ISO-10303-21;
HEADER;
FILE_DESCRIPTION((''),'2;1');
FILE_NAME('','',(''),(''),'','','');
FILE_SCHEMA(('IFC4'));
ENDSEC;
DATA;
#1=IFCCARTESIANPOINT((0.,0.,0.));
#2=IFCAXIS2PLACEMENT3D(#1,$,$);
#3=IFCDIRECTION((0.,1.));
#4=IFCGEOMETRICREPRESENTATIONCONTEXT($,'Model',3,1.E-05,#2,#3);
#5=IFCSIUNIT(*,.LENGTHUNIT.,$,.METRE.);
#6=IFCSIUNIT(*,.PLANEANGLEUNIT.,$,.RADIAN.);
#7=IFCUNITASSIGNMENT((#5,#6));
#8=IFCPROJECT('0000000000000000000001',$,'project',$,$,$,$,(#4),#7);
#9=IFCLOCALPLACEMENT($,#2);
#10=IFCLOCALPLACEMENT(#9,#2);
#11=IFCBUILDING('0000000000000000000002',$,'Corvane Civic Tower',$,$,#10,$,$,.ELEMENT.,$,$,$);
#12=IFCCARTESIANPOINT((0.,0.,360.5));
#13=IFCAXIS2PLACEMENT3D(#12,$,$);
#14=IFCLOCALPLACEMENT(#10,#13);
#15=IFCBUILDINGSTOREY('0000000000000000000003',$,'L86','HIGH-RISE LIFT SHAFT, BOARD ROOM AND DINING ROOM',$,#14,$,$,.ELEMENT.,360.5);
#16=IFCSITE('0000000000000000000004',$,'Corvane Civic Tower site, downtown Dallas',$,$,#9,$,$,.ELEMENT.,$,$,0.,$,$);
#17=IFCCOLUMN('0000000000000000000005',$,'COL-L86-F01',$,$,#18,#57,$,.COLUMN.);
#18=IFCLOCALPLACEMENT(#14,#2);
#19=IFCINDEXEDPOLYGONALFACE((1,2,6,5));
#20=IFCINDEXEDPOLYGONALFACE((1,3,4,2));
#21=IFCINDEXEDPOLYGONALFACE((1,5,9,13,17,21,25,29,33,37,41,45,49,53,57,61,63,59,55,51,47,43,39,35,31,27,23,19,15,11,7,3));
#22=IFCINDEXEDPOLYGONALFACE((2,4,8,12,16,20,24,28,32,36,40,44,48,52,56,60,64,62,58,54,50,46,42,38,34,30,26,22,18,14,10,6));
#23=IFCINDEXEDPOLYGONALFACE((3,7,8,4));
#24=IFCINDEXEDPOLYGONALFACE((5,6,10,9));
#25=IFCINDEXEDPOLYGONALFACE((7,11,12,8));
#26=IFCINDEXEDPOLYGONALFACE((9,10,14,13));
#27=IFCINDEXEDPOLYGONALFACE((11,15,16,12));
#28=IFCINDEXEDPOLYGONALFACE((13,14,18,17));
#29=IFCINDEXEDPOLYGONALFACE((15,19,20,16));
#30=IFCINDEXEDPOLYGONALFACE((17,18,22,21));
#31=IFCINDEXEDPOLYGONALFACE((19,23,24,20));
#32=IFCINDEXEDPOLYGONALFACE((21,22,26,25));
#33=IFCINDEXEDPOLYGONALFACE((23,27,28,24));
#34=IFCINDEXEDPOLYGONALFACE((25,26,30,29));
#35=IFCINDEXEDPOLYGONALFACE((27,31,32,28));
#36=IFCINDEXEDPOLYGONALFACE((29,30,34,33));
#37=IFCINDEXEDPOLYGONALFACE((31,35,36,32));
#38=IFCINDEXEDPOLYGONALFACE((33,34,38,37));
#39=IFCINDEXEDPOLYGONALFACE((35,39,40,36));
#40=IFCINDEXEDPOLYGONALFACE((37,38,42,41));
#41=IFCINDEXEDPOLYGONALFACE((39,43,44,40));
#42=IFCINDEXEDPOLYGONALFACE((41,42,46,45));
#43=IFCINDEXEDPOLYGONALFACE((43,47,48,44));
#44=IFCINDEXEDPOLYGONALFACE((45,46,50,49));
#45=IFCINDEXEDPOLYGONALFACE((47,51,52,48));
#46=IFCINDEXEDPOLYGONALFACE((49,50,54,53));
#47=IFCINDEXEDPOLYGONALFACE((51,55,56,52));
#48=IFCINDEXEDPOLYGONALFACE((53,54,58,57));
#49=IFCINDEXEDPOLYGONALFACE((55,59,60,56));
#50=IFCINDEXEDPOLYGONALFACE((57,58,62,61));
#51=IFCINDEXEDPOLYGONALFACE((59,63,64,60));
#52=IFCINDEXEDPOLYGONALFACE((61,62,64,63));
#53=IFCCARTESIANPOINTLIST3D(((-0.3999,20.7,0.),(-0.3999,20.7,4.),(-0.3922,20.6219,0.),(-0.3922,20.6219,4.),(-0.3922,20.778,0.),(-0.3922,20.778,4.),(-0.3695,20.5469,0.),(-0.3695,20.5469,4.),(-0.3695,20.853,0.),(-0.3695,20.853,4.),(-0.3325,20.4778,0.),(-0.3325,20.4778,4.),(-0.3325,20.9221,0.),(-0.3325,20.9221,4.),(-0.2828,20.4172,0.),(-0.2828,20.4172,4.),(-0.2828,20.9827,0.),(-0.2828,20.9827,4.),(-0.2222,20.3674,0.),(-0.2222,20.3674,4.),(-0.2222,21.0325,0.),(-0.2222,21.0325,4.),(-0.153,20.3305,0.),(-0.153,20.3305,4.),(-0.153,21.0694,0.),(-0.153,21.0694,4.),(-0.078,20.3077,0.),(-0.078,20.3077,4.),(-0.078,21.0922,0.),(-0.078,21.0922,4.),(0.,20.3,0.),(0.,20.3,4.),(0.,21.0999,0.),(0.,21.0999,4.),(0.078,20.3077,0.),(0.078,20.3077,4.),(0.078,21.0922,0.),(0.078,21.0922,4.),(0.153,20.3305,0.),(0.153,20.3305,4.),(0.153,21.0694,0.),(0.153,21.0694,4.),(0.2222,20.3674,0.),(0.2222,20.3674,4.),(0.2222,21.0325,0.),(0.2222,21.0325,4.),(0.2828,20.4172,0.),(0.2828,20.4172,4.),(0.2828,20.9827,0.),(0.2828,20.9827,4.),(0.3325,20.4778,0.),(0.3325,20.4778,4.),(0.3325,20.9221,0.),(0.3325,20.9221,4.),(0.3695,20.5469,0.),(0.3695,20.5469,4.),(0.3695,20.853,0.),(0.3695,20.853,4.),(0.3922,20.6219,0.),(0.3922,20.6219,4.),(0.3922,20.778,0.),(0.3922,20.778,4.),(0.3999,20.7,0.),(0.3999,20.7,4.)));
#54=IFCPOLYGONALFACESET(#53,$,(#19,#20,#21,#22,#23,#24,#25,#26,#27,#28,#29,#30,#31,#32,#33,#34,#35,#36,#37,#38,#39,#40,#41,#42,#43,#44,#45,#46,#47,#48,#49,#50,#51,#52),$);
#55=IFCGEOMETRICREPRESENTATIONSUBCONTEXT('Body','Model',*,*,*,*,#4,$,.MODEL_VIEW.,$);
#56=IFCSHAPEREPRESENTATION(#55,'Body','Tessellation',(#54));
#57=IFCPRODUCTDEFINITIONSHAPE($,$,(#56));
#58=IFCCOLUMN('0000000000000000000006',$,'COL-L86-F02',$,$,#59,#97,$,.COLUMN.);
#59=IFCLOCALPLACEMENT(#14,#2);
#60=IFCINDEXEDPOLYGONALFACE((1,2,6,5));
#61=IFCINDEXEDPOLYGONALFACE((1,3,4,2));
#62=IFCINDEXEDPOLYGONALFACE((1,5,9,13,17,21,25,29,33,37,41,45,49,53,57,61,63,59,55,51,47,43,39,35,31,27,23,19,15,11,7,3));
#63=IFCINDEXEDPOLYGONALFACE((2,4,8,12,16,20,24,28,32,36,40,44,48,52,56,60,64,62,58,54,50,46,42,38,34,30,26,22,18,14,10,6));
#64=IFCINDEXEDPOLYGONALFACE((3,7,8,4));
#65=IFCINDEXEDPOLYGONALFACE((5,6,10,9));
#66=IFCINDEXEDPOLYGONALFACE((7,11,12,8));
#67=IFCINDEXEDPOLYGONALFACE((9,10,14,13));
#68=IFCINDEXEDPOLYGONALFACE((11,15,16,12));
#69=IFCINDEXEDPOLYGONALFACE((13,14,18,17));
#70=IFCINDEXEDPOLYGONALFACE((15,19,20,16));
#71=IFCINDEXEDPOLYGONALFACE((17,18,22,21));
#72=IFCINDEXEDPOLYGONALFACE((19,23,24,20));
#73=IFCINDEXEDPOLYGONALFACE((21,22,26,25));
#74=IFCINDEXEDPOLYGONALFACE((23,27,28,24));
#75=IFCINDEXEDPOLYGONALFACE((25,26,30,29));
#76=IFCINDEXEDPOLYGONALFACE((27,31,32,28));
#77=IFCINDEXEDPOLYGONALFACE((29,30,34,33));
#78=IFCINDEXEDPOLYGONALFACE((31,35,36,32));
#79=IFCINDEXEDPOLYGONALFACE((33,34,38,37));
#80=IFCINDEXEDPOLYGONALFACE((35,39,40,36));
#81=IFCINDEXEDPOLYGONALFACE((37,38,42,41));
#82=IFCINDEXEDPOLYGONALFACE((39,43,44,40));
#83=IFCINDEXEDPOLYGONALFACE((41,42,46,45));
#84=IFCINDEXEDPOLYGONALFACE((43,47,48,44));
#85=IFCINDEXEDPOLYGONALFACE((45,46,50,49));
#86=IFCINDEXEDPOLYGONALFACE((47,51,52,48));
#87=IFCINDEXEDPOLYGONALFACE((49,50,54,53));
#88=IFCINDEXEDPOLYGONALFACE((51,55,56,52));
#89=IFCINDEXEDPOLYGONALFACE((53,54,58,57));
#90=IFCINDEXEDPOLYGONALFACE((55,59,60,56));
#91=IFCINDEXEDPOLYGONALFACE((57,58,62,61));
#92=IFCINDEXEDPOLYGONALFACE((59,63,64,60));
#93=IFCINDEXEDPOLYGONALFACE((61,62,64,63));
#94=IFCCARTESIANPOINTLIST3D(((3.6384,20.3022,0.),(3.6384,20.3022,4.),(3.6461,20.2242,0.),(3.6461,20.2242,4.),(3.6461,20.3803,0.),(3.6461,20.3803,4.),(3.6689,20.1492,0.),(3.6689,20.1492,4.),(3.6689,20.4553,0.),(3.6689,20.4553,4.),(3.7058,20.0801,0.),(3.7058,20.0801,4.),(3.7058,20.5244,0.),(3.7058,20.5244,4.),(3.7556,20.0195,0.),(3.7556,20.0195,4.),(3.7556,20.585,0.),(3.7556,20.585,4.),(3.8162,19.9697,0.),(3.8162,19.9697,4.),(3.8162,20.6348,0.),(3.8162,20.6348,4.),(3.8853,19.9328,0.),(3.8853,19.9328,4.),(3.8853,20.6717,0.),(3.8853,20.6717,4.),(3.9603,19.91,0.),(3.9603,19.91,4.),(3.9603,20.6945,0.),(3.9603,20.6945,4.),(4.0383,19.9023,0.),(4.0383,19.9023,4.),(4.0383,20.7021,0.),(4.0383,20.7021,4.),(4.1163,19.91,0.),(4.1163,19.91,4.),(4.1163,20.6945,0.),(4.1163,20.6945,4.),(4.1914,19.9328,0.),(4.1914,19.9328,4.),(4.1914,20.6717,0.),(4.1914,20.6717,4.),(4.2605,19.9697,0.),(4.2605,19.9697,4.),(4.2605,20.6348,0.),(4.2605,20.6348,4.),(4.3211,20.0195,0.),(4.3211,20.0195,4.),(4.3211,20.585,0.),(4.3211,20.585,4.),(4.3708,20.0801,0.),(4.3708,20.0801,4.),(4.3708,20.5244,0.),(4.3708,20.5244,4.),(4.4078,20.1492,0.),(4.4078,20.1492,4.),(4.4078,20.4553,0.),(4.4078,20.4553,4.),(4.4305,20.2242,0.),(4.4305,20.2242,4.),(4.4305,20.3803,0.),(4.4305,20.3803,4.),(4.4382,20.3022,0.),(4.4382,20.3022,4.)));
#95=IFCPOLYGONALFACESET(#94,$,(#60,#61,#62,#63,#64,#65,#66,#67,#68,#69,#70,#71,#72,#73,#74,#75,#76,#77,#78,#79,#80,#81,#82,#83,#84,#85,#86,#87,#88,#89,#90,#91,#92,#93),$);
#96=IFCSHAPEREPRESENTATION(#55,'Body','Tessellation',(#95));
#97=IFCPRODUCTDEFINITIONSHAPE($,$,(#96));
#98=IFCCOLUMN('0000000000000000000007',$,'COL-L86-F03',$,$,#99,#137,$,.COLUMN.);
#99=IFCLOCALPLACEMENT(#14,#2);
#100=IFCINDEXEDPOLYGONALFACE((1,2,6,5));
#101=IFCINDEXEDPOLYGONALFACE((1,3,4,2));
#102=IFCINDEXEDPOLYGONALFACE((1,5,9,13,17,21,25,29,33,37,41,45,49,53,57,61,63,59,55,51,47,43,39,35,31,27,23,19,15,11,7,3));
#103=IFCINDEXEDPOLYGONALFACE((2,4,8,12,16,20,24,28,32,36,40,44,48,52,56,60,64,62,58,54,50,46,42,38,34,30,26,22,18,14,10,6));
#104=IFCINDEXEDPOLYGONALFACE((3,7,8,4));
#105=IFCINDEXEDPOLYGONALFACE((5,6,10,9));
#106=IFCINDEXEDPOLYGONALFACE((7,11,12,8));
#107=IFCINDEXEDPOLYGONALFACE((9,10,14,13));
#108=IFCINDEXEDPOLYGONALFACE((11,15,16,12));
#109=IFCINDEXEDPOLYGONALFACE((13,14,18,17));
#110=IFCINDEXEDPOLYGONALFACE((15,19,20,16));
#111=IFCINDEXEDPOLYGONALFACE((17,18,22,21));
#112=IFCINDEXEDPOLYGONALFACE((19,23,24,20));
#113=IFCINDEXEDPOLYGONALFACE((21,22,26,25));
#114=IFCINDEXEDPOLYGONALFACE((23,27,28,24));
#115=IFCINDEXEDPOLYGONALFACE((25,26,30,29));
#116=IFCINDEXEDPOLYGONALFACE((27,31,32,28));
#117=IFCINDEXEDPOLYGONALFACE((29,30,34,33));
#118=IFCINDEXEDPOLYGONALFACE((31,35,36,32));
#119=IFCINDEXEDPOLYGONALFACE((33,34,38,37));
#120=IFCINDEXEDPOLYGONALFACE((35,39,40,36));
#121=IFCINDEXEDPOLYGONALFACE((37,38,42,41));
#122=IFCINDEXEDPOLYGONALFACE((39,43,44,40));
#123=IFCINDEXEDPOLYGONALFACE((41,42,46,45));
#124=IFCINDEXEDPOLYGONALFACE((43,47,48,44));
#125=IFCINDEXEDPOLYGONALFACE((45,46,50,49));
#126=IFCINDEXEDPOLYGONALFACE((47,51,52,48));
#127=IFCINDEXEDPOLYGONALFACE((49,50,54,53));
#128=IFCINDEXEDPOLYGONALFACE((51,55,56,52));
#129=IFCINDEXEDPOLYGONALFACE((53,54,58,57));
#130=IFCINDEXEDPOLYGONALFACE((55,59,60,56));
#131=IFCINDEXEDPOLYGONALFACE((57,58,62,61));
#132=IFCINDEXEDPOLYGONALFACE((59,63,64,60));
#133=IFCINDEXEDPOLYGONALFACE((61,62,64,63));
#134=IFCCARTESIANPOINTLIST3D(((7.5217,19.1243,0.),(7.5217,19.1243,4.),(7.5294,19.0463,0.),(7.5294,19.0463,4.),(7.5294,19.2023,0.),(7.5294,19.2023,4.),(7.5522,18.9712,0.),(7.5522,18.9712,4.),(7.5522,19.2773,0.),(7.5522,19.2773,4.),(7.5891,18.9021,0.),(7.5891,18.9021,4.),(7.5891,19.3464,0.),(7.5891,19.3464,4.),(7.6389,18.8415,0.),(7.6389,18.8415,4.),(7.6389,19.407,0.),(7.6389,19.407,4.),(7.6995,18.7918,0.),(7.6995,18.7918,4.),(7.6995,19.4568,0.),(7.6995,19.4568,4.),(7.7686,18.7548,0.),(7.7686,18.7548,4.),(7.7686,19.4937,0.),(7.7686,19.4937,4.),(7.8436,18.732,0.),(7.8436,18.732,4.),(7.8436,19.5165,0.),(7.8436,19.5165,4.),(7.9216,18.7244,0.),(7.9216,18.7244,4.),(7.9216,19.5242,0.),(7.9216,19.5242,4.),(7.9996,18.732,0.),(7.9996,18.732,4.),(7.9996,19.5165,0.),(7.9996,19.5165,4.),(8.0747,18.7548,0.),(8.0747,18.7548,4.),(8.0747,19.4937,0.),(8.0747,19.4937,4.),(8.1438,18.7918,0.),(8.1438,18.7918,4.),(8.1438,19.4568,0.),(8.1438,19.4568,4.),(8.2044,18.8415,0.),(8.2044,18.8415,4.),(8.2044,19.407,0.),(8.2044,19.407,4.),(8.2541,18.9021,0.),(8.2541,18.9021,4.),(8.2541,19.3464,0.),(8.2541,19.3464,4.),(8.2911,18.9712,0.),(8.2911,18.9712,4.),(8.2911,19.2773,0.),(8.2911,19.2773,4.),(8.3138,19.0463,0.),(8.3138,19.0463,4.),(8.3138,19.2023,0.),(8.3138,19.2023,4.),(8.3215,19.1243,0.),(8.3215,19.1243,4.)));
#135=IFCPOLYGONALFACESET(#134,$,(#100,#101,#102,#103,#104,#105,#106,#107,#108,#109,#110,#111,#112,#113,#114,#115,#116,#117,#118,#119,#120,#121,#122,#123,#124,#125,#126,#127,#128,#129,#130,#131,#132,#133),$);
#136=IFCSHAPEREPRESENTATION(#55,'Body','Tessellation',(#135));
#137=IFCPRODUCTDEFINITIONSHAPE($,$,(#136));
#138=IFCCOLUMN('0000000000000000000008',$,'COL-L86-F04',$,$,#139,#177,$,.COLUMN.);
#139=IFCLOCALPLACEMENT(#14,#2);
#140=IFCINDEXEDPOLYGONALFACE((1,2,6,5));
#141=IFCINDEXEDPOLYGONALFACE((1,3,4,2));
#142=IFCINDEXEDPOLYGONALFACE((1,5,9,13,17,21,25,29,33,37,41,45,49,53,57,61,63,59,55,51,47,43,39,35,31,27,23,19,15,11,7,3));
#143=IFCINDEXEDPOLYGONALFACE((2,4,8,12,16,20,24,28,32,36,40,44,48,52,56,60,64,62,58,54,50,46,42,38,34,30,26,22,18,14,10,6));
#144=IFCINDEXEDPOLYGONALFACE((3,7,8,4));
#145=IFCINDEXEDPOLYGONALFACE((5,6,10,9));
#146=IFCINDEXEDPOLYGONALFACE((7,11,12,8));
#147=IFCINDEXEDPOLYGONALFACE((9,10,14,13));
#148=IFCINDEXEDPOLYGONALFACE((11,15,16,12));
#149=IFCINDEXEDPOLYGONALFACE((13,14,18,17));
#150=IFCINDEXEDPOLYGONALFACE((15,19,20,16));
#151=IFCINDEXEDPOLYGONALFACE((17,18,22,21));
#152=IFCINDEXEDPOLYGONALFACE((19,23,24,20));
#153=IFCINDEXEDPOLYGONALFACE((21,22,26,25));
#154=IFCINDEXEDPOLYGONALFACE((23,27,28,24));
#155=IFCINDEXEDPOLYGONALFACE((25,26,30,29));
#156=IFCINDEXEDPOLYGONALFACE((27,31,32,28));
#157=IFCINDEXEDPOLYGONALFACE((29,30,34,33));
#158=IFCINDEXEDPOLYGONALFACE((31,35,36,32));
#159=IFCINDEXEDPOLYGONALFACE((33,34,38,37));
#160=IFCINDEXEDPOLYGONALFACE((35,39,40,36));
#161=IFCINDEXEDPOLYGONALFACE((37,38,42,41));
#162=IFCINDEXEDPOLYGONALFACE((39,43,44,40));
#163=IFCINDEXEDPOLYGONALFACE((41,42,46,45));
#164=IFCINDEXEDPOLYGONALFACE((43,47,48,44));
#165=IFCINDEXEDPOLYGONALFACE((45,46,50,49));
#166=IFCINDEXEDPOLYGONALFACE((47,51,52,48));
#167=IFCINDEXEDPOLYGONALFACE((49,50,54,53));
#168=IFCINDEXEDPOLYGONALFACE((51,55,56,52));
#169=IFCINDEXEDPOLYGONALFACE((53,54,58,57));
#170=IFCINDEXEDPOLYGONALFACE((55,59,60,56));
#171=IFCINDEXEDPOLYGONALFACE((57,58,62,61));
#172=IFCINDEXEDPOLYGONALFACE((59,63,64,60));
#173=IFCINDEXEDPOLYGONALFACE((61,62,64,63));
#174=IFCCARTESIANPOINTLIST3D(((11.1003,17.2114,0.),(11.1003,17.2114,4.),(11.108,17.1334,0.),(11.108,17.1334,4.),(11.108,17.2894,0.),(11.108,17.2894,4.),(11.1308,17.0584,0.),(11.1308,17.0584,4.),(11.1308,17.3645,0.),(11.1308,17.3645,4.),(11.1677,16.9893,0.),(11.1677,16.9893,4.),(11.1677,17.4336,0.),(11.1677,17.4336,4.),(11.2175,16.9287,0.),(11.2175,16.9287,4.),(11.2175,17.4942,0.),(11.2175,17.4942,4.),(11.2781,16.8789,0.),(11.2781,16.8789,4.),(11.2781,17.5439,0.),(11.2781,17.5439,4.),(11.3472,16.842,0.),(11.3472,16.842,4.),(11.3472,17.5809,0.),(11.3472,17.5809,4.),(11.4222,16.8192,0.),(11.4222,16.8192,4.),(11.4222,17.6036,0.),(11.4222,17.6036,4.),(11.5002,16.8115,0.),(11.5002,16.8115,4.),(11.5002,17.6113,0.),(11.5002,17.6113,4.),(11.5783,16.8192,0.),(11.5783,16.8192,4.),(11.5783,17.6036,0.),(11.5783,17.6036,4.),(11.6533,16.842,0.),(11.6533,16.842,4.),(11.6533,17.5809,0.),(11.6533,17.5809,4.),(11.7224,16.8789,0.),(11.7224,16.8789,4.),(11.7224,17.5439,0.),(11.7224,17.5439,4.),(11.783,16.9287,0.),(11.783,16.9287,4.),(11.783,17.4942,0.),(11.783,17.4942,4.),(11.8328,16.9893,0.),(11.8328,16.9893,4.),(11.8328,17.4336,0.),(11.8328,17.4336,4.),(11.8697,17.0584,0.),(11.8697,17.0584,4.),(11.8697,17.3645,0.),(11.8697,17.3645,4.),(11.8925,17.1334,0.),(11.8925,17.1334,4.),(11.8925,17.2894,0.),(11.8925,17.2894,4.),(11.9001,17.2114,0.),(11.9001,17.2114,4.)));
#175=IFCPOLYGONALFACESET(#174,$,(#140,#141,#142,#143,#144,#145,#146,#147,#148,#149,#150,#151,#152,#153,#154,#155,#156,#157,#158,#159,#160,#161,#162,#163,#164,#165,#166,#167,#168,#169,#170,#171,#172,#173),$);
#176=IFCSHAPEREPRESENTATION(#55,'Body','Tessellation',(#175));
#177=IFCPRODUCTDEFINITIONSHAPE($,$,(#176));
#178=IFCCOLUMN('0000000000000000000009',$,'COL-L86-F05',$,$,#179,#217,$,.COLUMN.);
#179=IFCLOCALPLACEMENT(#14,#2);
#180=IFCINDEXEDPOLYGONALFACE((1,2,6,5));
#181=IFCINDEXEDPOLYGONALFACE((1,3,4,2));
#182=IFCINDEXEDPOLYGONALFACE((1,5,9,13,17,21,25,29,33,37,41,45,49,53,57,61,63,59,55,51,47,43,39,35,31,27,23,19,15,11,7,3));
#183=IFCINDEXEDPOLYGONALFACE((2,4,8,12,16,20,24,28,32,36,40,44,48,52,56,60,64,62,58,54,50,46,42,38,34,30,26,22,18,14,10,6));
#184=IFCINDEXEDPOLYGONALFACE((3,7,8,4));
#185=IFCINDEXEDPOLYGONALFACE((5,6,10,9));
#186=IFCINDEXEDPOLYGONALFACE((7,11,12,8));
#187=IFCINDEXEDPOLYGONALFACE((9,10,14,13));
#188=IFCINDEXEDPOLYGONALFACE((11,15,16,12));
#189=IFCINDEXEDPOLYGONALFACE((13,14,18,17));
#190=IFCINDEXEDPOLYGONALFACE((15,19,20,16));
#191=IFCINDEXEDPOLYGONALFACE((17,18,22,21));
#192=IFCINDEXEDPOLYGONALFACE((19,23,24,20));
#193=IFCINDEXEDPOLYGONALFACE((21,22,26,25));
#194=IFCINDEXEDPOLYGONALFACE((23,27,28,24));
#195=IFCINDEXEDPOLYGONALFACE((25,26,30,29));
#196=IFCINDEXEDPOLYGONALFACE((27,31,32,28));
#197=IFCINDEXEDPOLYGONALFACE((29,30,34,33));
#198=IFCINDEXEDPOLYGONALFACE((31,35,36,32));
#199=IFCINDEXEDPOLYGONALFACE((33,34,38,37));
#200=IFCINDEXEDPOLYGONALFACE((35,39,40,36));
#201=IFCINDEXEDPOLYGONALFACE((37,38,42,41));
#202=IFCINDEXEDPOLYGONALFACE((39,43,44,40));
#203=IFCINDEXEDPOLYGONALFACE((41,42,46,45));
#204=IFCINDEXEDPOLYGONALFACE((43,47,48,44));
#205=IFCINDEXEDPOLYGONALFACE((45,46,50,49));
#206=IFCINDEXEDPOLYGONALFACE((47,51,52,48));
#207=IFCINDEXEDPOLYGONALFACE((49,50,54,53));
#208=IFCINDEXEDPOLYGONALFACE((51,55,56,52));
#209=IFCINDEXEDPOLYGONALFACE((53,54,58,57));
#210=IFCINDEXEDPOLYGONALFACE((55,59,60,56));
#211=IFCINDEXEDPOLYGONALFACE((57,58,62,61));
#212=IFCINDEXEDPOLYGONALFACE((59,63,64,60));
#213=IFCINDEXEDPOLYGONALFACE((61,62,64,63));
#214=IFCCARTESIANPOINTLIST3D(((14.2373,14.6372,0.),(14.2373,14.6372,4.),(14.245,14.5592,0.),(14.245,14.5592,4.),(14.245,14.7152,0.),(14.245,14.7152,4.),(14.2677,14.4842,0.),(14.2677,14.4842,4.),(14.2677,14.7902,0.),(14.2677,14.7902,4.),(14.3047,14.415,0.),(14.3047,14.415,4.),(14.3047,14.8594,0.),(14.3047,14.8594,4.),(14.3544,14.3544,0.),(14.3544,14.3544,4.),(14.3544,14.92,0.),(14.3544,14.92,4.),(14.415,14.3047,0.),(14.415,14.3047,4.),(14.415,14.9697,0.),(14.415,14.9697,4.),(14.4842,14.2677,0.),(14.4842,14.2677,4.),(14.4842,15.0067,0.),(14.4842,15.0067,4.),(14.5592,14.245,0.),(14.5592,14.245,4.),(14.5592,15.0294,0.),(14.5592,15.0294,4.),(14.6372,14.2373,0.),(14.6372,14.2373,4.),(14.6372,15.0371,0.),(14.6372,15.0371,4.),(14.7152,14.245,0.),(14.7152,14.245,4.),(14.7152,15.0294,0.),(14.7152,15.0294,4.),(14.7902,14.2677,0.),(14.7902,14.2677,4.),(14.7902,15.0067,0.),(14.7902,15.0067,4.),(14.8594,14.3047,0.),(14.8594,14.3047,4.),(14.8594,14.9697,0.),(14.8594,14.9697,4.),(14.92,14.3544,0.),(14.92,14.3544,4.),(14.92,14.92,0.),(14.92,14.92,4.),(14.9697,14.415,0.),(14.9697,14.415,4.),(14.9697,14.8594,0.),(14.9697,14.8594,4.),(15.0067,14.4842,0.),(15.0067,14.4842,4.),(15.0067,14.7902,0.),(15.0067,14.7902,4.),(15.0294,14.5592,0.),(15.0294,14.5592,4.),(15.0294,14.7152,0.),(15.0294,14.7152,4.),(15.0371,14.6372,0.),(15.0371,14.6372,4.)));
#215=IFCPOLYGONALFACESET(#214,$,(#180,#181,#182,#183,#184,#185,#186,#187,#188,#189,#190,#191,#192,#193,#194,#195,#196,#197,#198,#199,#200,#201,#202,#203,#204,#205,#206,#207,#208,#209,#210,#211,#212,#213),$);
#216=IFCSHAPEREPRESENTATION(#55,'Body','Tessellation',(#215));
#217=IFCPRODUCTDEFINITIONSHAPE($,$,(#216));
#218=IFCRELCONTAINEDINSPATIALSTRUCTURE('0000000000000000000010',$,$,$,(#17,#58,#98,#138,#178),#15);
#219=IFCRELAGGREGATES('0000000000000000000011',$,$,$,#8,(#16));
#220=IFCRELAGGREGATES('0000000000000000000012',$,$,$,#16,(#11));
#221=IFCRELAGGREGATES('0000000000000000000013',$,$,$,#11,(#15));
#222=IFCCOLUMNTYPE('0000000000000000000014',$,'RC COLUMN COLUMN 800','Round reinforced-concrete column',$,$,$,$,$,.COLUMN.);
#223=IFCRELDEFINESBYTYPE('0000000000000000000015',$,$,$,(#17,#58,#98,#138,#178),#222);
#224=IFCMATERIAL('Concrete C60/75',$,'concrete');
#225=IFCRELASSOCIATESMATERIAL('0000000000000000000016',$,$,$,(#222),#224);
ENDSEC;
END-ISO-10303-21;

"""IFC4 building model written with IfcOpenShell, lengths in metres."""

from ifc_helpers import new_model, si_unit, direction, frame, origin, origin_2d, place, context, subcontext, project, spatial, circle, extrude, material, material_profile, profile_set, type_object, element, save


model = new_model("IFC4")

# Units and contexts
model_context = context("Model", 3, precision=1e-05, world=origin(), true_north=direction((0.0, 1.0)))
body_context = subcontext(model_context, "Body", "Model", "MODEL_VIEW")
ifc_project = project(units=[si_unit("LENGTHUNIT", "METRE"), si_unit("PLANEANGLEUNIT", "RADIAN")], contexts=[model_context])

# Site, building, storey
site_placement = place(None, origin())
site = spatial("IfcSite", under=ifc_project, at=site_placement, Name="Corvane Civic Tower site, downtown Dallas", CompositionType="ELEMENT", RefElevation=0.0)
building_placement = place(site_placement, origin())
building = spatial("IfcBuilding", under=site, at=building_placement, Name="Corvane Civic Tower", CompositionType="ELEMENT")
storey_placement = place(building_placement, frame((0.0, 0.0, 360.5)))
storey = spatial("IfcBuildingStorey", under=building, at=storey_placement, Name="L86", Description="HIGH-RISE LIFT SHAFT, BOARD ROOM AND DINING ROOM", CompositionType="ELEMENT", Elevation=360.5)

# Columns
ifc_material_1 = material(Name="Concrete C60/75", Category="concrete")
ifc_material_profile_1 = material_profile(ifc_material_1, circle(Radius=0.3999, at=origin_2d()), Name="COLUMN 800")
ifc_profile_set_1 = profile_set([ifc_material_profile_1], Name="Concrete C60/75")
column_type = type_object("IfcColumnType", Name="RC COLUMN COLUMN 800", Description="Round reinforced-concrete column", PredefinedType="COLUMN", material=ifc_profile_set_1)
for number, where, z_axis, x_axis, name in (
    (1, (0.0, 20.7, 0.0), (0.0, 0.0, 1.0), (1.0, 0.0, 0.0), "COL-L86-F01"),
    (2, (4.0383, 20.3022, 0.0), (0.0, 0.0, 1.0), (1.0, 0.0, 0.0), "COL-L86-F02"),
    (3, (7.9216, 19.1243, 0.0), (0.0, 0.0, 1.0), (1.0, 0.0, 0.0), "COL-L86-F03"),
    (4, (11.5002, 17.2114, 0.0), (0.0, 0.0, 1.0), (1.0, 0.0, 0.0), "COL-L86-F04"),
    (5, (14.6372, 14.6372, 0.0), (0.0, 0.0, 1.0), (1.0, 0.0, 0.0), "COL-L86-F05"),
):
    element("IfcColumn", number, at=place(storey_placement, frame(where, z_axis=z_axis, x_axis=x_axis)), inside=storey, type_object=column_type, Name=name, PredefinedType="COLUMN", context=body_context, shape_type="SweptSolid", body=[
        extrude(circle(Radius=0.3999, at=origin_2d()), origin(), (0.0, 0.0, 1.0), 4.0),
    ])

save(model, "model.ifc")
